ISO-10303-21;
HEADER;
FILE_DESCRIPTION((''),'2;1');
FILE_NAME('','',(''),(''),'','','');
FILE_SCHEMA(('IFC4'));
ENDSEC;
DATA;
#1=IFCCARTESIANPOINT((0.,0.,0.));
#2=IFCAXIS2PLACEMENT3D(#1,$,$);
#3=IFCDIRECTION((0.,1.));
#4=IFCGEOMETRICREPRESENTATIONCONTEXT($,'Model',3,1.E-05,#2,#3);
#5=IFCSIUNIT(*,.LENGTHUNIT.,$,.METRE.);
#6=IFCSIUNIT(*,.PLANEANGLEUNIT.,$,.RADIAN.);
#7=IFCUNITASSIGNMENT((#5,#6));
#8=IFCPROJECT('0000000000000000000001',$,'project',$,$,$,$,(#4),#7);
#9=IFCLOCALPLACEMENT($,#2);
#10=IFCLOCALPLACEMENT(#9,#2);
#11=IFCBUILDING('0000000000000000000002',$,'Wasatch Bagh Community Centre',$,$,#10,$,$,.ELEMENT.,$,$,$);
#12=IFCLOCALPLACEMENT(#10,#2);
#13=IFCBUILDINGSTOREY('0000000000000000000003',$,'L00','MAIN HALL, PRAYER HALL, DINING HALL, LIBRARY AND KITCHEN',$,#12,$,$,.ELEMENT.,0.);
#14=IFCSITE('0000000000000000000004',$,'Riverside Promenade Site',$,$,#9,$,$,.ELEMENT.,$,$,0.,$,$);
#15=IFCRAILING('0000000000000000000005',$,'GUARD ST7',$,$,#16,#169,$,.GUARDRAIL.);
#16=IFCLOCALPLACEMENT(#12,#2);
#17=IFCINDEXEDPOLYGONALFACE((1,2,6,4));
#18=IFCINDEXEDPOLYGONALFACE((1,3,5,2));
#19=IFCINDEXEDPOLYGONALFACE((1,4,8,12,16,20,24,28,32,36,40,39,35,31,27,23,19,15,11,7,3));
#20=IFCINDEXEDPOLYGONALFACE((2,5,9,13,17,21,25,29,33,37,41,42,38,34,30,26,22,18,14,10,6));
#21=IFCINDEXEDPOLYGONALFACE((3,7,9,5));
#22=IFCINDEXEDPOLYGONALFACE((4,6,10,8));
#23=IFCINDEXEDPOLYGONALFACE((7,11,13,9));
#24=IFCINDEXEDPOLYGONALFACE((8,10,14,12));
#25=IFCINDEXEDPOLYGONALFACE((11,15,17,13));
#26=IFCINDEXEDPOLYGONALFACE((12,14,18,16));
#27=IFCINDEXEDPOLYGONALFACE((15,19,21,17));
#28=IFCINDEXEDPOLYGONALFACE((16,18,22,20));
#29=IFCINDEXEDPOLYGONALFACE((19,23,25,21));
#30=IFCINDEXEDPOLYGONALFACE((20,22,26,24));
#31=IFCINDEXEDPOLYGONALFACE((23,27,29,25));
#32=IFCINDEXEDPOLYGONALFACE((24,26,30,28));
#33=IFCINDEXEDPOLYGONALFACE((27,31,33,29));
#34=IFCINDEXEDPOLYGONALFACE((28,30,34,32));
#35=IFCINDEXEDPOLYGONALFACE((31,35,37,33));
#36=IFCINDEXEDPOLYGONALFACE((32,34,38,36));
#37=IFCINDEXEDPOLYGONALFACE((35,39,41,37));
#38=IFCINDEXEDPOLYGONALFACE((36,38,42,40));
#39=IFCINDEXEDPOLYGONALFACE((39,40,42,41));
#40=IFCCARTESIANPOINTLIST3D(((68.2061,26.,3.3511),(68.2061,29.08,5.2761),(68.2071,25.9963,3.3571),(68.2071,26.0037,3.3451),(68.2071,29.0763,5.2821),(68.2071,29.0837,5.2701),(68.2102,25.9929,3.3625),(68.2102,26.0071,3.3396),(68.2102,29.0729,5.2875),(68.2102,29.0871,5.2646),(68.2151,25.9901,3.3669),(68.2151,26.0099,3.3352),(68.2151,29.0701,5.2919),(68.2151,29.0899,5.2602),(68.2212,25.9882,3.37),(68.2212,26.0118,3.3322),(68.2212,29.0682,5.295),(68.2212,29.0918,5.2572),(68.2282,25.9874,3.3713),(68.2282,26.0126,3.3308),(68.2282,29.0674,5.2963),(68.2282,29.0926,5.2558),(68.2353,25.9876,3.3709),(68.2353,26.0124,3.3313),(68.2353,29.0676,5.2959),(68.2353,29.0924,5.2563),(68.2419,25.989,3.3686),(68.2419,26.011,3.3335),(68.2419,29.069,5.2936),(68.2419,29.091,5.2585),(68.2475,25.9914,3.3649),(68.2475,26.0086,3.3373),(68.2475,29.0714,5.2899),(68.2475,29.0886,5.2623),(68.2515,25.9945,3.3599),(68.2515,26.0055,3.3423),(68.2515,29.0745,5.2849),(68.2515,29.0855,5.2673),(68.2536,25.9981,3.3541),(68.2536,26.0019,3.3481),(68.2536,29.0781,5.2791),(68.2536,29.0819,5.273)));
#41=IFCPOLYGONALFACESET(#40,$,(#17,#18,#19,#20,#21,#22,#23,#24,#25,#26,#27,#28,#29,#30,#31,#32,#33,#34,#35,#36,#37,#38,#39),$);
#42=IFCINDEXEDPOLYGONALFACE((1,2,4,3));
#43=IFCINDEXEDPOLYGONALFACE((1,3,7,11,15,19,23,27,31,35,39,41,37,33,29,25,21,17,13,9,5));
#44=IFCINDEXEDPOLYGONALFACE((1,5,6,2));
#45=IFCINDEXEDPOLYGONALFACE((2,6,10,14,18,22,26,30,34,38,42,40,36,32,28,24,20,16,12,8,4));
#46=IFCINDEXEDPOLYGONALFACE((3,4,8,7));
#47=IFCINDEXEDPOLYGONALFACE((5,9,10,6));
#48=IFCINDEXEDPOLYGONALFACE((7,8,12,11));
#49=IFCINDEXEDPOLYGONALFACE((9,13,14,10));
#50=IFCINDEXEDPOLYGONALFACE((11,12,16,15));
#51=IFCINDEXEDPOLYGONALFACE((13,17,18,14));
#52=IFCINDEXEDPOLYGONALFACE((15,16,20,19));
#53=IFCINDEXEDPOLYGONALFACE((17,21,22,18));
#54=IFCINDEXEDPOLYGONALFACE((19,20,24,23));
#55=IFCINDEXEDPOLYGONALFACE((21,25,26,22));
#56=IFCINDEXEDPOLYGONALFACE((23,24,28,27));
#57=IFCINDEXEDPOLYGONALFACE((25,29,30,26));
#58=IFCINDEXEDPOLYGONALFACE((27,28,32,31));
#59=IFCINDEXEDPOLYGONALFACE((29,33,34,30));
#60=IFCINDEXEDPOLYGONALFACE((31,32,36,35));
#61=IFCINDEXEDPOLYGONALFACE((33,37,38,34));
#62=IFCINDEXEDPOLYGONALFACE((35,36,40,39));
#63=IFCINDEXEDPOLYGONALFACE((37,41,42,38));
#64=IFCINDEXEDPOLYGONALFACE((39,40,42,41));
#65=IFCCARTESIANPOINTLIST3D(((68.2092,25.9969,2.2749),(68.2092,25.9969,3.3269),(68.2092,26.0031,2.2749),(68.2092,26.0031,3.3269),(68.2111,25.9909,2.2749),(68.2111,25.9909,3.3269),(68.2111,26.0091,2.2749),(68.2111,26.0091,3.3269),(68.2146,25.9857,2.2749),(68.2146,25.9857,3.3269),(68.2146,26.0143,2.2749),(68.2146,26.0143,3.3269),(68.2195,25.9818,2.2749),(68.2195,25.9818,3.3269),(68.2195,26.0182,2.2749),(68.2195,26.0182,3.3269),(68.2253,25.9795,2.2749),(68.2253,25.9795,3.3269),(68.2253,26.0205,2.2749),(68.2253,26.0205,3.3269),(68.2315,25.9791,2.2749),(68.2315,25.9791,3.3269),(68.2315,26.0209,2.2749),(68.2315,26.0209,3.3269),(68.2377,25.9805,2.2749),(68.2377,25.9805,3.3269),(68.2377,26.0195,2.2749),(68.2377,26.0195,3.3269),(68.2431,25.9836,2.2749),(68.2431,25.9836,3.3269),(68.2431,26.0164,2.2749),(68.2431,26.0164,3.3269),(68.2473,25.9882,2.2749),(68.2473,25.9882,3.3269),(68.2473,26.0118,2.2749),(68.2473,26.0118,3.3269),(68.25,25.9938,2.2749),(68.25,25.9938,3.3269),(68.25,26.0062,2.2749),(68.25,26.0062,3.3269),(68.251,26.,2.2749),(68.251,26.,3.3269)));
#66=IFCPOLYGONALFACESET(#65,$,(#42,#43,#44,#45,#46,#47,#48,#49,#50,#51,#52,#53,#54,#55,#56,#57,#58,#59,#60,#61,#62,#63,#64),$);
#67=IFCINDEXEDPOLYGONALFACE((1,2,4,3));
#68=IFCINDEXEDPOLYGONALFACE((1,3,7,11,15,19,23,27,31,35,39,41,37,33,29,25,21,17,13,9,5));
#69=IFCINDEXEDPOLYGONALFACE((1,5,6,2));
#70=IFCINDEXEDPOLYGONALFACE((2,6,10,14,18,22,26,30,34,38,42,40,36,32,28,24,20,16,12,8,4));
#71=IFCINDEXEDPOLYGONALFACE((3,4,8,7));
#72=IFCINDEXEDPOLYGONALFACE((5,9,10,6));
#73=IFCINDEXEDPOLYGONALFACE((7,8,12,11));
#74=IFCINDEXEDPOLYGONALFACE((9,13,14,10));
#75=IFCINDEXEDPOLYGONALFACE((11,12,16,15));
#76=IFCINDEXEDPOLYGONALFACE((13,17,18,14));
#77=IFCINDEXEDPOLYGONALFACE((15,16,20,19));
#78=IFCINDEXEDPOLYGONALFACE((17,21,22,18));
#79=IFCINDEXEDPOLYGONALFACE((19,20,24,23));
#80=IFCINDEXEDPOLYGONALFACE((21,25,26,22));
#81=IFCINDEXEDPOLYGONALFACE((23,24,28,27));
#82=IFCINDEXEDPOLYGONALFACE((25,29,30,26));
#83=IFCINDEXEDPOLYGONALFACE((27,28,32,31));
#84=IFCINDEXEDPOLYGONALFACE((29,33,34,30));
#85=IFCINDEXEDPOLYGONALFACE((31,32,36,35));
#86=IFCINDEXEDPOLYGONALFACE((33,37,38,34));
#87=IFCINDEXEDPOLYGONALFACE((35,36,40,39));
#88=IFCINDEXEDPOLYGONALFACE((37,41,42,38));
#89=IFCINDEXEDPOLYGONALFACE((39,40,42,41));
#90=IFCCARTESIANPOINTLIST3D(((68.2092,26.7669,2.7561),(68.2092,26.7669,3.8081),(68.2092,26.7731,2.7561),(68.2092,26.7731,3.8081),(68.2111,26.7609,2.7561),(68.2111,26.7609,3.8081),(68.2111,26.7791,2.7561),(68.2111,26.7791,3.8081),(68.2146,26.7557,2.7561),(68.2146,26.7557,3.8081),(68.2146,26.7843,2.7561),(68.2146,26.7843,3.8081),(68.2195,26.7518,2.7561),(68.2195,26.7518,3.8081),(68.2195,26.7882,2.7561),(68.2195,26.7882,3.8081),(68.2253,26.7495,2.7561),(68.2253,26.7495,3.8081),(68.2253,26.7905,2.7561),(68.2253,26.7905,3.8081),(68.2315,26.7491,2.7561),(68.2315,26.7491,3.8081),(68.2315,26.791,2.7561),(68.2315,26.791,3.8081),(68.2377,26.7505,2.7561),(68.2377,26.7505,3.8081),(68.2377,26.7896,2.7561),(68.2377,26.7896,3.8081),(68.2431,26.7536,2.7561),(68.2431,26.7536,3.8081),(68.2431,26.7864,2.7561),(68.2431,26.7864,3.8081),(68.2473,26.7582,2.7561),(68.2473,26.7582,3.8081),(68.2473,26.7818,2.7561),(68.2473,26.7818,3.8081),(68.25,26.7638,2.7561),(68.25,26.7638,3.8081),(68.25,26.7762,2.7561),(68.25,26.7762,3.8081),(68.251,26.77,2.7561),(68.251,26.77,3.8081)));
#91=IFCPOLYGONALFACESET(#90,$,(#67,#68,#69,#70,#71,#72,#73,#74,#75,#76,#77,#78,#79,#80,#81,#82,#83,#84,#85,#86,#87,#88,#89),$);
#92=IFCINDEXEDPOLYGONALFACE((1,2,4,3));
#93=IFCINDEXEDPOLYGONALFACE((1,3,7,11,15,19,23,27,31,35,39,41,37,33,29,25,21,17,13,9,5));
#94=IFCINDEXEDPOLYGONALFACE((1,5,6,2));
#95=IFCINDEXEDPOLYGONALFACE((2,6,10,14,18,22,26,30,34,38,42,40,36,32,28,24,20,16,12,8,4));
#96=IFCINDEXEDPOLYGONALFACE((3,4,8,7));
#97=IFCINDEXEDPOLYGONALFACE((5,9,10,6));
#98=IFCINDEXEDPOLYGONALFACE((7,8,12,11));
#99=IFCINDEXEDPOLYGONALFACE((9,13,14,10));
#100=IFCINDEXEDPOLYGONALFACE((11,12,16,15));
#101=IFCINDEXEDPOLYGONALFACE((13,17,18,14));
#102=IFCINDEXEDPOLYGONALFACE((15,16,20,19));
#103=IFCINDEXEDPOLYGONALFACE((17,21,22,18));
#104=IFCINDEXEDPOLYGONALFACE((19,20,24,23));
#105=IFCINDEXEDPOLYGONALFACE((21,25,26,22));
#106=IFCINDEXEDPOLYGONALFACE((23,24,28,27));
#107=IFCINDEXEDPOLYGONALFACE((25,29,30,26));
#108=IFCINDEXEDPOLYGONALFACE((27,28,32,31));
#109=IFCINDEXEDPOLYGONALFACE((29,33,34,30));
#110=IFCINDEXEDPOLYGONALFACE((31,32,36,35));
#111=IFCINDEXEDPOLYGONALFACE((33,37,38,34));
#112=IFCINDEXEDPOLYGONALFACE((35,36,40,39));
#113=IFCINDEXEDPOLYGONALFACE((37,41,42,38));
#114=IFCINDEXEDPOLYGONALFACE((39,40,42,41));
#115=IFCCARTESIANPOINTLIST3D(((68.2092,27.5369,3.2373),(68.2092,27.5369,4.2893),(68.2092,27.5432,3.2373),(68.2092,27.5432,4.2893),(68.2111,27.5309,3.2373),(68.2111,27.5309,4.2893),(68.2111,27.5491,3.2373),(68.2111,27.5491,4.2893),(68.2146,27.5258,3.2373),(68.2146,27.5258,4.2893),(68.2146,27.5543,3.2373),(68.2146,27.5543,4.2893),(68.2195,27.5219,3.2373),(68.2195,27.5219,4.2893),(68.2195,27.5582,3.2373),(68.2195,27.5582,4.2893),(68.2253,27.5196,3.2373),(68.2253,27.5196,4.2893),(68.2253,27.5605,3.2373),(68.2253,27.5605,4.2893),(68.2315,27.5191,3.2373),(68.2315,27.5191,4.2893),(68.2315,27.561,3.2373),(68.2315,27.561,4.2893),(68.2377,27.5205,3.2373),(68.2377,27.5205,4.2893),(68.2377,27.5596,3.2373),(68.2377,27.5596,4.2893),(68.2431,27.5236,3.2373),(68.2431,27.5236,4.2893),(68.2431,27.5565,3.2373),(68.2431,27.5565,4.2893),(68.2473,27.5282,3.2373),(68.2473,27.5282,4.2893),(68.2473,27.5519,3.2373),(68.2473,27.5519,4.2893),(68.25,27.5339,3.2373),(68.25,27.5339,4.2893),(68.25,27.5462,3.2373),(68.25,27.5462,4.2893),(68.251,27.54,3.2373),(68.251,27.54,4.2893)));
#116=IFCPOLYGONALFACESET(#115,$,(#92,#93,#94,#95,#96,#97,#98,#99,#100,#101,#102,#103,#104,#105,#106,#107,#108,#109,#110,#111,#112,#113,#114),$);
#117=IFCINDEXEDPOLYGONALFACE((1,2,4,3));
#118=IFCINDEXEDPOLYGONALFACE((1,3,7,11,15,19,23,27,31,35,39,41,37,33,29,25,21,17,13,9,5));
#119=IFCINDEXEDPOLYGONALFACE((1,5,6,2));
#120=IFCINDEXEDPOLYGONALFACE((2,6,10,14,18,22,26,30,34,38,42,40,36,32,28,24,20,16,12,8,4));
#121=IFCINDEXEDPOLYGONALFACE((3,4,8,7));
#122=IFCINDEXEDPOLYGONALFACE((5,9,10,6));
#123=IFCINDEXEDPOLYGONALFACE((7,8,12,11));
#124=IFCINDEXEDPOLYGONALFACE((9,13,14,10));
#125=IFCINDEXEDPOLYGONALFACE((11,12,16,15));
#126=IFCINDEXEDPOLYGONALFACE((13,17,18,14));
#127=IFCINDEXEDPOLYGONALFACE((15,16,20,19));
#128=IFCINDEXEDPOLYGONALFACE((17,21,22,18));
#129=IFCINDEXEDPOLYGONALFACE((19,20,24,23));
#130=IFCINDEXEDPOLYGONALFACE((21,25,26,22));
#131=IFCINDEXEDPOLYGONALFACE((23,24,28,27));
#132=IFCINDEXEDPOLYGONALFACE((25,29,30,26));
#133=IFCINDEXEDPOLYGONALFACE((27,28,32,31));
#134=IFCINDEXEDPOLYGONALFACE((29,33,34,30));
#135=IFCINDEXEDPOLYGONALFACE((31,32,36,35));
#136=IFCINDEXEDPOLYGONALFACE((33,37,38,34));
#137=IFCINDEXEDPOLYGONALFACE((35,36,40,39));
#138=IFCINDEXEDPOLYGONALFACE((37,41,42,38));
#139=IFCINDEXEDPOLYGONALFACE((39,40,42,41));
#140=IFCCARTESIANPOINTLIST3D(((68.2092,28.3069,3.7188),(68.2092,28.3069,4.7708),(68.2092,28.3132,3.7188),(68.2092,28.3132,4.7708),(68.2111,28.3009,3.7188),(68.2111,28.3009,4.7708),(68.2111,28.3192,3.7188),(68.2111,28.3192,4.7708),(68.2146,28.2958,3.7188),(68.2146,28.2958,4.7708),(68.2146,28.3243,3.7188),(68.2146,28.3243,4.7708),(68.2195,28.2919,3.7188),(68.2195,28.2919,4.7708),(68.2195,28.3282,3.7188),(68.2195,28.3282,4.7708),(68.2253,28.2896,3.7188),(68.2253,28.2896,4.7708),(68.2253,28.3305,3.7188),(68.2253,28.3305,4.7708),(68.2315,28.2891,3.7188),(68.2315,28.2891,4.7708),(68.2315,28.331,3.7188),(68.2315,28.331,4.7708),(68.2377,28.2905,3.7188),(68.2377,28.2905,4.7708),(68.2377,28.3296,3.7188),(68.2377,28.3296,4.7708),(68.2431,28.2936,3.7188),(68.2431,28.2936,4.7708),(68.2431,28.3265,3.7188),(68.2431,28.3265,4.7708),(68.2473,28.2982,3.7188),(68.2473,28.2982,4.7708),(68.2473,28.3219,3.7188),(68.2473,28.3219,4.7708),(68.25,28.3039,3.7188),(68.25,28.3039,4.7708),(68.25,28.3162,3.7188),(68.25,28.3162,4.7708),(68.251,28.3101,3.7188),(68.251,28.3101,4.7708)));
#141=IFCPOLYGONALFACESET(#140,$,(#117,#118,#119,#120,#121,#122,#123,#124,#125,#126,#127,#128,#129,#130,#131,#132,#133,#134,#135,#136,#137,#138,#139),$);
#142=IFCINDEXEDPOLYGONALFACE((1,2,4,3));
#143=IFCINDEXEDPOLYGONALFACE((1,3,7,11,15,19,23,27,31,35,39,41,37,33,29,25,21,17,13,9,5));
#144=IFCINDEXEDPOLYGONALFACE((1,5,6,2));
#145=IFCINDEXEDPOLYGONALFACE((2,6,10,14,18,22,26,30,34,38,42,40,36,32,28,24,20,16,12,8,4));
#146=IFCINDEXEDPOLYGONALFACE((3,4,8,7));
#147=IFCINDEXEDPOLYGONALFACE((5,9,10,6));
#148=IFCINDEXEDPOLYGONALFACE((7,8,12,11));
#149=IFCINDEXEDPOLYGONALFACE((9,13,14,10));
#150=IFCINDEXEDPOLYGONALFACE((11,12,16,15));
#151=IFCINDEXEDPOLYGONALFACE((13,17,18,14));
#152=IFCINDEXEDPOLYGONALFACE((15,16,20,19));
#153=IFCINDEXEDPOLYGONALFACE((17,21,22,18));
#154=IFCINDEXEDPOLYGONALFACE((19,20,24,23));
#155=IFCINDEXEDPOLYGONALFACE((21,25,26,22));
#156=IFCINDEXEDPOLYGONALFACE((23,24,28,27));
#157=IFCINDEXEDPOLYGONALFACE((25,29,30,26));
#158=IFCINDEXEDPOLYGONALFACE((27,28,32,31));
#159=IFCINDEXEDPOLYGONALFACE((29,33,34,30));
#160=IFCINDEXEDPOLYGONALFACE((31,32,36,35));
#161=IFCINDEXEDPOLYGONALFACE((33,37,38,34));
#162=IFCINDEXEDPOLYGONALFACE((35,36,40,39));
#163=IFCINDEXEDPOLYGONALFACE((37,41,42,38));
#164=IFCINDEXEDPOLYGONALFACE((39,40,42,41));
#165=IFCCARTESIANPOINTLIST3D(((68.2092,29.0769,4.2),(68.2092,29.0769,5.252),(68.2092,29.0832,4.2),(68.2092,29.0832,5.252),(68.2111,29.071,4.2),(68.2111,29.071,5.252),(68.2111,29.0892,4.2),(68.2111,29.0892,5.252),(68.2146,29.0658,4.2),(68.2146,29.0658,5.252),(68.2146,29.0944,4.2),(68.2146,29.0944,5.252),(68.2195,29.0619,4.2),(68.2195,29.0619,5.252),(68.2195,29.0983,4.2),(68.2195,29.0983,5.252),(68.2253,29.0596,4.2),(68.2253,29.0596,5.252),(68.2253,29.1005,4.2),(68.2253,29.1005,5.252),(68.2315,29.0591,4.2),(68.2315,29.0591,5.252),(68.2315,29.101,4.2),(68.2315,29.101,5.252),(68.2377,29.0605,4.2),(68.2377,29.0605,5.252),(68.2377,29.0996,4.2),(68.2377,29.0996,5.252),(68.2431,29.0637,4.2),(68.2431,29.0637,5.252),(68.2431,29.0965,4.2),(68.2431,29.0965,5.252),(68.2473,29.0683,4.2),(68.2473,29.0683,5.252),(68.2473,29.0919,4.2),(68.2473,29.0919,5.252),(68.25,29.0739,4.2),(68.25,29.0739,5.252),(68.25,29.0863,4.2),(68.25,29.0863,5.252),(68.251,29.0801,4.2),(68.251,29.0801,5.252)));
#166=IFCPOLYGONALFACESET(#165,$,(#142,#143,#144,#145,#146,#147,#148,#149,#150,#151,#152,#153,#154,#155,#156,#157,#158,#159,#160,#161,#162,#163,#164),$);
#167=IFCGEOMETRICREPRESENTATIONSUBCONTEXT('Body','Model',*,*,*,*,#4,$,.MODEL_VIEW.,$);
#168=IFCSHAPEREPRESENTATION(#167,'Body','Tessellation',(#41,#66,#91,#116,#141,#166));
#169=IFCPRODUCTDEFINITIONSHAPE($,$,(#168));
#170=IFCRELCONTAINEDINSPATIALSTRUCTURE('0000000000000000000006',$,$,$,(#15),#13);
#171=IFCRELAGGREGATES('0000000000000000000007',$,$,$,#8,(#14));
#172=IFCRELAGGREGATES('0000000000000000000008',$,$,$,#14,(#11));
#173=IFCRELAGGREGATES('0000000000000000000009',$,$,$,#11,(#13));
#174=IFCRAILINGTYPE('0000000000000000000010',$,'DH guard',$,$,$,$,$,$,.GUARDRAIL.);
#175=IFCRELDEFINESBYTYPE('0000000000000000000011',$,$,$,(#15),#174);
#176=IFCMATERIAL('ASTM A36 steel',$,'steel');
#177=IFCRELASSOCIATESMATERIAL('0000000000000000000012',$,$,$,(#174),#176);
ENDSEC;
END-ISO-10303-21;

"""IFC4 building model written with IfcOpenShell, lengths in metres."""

from ifc_helpers import new_model, si_unit, direction, frame, origin, origin_2d, place, context, subcontext, project, spatial, circle, extrude, material, type_object, element, save


model = new_model("IFC4")

# Units and contexts
model_context = context("Model", 3, precision=1e-05, world=origin(), true_north=direction((0.0, 1.0)))
body_context = subcontext(model_context, "Body", "Model", "MODEL_VIEW")
ifc_project = project(units=[si_unit("LENGTHUNIT", "METRE"), si_unit("PLANEANGLEUNIT", "RADIAN")], contexts=[model_context])

# Site, building, storey
site_placement = place(None, origin())
site = spatial("IfcSite", under=ifc_project, at=site_placement, Name="Riverside Promenade Site", CompositionType="ELEMENT", RefElevation=0.0)
building_placement = place(site_placement, origin())
building = spatial("IfcBuilding", under=site, at=building_placement, Name="Wasatch Bagh Community Centre", CompositionType="ELEMENT")
storey_placement = place(building_placement, origin())
storey = spatial("IfcBuildingStorey", under=building, at=storey_placement, Name="L00", Description="MAIN HALL, PRAYER HALL, DINING HALL, LIBRARY AND KITCHEN", CompositionType="ELEMENT", Elevation=0.0)

# Railing
ifc_material_1 = material(Name="ASTM A36 steel", Category="steel")
railing_type_1 = type_object("IfcRailingType", Name="DH guard", PredefinedType="GUARDRAIL", material=ifc_material_1)
for number, where, name in (
    (1, (68.23, 26.0, 2.2749), "GUARD ST7"),
):
    element("IfcRailing", number, at=place(storey_placement, frame(where)), inside=storey, type_object=railing_type_1, Name=name, PredefinedType="GUARDRAIL", context=body_context, shape_type="SweptSolid", body=[
        extrude(circle(Radius=0.0239, at=origin_2d()), frame((0.0, 0.0, 1.0762), z_axis=(0.0, 0.847998, 0.529999), x_axis=(-1.0, 0.0, 0.0)), (0.0, 0.0, 1.0), 3.6321),
        extrude(circle(Radius=0.021, at=origin_2d()), origin(), (0.0, 0.0, 1.0), 1.052),
        extrude(circle(Radius=0.021, at=origin_2d()), frame((0.0, 0.77, 0.4812)), (0.0, 0.0, 1.0), 1.052),
        extrude(circle(Radius=0.021, at=origin_2d()), frame((0.0, 1.54, 0.9624)), (0.0, 0.0, 1.0), 1.052),
        extrude(circle(Radius=0.021, at=origin_2d()), frame((0.0, 2.3101, 1.4438)), (0.0, 0.0, 1.0), 1.052),
        extrude(circle(Radius=0.021, at=origin_2d()), frame((0.0, 3.0801, 1.925)), (0.0, 0.0, 1.0), 1.052),
    ])

save(model, "model.ifc")
